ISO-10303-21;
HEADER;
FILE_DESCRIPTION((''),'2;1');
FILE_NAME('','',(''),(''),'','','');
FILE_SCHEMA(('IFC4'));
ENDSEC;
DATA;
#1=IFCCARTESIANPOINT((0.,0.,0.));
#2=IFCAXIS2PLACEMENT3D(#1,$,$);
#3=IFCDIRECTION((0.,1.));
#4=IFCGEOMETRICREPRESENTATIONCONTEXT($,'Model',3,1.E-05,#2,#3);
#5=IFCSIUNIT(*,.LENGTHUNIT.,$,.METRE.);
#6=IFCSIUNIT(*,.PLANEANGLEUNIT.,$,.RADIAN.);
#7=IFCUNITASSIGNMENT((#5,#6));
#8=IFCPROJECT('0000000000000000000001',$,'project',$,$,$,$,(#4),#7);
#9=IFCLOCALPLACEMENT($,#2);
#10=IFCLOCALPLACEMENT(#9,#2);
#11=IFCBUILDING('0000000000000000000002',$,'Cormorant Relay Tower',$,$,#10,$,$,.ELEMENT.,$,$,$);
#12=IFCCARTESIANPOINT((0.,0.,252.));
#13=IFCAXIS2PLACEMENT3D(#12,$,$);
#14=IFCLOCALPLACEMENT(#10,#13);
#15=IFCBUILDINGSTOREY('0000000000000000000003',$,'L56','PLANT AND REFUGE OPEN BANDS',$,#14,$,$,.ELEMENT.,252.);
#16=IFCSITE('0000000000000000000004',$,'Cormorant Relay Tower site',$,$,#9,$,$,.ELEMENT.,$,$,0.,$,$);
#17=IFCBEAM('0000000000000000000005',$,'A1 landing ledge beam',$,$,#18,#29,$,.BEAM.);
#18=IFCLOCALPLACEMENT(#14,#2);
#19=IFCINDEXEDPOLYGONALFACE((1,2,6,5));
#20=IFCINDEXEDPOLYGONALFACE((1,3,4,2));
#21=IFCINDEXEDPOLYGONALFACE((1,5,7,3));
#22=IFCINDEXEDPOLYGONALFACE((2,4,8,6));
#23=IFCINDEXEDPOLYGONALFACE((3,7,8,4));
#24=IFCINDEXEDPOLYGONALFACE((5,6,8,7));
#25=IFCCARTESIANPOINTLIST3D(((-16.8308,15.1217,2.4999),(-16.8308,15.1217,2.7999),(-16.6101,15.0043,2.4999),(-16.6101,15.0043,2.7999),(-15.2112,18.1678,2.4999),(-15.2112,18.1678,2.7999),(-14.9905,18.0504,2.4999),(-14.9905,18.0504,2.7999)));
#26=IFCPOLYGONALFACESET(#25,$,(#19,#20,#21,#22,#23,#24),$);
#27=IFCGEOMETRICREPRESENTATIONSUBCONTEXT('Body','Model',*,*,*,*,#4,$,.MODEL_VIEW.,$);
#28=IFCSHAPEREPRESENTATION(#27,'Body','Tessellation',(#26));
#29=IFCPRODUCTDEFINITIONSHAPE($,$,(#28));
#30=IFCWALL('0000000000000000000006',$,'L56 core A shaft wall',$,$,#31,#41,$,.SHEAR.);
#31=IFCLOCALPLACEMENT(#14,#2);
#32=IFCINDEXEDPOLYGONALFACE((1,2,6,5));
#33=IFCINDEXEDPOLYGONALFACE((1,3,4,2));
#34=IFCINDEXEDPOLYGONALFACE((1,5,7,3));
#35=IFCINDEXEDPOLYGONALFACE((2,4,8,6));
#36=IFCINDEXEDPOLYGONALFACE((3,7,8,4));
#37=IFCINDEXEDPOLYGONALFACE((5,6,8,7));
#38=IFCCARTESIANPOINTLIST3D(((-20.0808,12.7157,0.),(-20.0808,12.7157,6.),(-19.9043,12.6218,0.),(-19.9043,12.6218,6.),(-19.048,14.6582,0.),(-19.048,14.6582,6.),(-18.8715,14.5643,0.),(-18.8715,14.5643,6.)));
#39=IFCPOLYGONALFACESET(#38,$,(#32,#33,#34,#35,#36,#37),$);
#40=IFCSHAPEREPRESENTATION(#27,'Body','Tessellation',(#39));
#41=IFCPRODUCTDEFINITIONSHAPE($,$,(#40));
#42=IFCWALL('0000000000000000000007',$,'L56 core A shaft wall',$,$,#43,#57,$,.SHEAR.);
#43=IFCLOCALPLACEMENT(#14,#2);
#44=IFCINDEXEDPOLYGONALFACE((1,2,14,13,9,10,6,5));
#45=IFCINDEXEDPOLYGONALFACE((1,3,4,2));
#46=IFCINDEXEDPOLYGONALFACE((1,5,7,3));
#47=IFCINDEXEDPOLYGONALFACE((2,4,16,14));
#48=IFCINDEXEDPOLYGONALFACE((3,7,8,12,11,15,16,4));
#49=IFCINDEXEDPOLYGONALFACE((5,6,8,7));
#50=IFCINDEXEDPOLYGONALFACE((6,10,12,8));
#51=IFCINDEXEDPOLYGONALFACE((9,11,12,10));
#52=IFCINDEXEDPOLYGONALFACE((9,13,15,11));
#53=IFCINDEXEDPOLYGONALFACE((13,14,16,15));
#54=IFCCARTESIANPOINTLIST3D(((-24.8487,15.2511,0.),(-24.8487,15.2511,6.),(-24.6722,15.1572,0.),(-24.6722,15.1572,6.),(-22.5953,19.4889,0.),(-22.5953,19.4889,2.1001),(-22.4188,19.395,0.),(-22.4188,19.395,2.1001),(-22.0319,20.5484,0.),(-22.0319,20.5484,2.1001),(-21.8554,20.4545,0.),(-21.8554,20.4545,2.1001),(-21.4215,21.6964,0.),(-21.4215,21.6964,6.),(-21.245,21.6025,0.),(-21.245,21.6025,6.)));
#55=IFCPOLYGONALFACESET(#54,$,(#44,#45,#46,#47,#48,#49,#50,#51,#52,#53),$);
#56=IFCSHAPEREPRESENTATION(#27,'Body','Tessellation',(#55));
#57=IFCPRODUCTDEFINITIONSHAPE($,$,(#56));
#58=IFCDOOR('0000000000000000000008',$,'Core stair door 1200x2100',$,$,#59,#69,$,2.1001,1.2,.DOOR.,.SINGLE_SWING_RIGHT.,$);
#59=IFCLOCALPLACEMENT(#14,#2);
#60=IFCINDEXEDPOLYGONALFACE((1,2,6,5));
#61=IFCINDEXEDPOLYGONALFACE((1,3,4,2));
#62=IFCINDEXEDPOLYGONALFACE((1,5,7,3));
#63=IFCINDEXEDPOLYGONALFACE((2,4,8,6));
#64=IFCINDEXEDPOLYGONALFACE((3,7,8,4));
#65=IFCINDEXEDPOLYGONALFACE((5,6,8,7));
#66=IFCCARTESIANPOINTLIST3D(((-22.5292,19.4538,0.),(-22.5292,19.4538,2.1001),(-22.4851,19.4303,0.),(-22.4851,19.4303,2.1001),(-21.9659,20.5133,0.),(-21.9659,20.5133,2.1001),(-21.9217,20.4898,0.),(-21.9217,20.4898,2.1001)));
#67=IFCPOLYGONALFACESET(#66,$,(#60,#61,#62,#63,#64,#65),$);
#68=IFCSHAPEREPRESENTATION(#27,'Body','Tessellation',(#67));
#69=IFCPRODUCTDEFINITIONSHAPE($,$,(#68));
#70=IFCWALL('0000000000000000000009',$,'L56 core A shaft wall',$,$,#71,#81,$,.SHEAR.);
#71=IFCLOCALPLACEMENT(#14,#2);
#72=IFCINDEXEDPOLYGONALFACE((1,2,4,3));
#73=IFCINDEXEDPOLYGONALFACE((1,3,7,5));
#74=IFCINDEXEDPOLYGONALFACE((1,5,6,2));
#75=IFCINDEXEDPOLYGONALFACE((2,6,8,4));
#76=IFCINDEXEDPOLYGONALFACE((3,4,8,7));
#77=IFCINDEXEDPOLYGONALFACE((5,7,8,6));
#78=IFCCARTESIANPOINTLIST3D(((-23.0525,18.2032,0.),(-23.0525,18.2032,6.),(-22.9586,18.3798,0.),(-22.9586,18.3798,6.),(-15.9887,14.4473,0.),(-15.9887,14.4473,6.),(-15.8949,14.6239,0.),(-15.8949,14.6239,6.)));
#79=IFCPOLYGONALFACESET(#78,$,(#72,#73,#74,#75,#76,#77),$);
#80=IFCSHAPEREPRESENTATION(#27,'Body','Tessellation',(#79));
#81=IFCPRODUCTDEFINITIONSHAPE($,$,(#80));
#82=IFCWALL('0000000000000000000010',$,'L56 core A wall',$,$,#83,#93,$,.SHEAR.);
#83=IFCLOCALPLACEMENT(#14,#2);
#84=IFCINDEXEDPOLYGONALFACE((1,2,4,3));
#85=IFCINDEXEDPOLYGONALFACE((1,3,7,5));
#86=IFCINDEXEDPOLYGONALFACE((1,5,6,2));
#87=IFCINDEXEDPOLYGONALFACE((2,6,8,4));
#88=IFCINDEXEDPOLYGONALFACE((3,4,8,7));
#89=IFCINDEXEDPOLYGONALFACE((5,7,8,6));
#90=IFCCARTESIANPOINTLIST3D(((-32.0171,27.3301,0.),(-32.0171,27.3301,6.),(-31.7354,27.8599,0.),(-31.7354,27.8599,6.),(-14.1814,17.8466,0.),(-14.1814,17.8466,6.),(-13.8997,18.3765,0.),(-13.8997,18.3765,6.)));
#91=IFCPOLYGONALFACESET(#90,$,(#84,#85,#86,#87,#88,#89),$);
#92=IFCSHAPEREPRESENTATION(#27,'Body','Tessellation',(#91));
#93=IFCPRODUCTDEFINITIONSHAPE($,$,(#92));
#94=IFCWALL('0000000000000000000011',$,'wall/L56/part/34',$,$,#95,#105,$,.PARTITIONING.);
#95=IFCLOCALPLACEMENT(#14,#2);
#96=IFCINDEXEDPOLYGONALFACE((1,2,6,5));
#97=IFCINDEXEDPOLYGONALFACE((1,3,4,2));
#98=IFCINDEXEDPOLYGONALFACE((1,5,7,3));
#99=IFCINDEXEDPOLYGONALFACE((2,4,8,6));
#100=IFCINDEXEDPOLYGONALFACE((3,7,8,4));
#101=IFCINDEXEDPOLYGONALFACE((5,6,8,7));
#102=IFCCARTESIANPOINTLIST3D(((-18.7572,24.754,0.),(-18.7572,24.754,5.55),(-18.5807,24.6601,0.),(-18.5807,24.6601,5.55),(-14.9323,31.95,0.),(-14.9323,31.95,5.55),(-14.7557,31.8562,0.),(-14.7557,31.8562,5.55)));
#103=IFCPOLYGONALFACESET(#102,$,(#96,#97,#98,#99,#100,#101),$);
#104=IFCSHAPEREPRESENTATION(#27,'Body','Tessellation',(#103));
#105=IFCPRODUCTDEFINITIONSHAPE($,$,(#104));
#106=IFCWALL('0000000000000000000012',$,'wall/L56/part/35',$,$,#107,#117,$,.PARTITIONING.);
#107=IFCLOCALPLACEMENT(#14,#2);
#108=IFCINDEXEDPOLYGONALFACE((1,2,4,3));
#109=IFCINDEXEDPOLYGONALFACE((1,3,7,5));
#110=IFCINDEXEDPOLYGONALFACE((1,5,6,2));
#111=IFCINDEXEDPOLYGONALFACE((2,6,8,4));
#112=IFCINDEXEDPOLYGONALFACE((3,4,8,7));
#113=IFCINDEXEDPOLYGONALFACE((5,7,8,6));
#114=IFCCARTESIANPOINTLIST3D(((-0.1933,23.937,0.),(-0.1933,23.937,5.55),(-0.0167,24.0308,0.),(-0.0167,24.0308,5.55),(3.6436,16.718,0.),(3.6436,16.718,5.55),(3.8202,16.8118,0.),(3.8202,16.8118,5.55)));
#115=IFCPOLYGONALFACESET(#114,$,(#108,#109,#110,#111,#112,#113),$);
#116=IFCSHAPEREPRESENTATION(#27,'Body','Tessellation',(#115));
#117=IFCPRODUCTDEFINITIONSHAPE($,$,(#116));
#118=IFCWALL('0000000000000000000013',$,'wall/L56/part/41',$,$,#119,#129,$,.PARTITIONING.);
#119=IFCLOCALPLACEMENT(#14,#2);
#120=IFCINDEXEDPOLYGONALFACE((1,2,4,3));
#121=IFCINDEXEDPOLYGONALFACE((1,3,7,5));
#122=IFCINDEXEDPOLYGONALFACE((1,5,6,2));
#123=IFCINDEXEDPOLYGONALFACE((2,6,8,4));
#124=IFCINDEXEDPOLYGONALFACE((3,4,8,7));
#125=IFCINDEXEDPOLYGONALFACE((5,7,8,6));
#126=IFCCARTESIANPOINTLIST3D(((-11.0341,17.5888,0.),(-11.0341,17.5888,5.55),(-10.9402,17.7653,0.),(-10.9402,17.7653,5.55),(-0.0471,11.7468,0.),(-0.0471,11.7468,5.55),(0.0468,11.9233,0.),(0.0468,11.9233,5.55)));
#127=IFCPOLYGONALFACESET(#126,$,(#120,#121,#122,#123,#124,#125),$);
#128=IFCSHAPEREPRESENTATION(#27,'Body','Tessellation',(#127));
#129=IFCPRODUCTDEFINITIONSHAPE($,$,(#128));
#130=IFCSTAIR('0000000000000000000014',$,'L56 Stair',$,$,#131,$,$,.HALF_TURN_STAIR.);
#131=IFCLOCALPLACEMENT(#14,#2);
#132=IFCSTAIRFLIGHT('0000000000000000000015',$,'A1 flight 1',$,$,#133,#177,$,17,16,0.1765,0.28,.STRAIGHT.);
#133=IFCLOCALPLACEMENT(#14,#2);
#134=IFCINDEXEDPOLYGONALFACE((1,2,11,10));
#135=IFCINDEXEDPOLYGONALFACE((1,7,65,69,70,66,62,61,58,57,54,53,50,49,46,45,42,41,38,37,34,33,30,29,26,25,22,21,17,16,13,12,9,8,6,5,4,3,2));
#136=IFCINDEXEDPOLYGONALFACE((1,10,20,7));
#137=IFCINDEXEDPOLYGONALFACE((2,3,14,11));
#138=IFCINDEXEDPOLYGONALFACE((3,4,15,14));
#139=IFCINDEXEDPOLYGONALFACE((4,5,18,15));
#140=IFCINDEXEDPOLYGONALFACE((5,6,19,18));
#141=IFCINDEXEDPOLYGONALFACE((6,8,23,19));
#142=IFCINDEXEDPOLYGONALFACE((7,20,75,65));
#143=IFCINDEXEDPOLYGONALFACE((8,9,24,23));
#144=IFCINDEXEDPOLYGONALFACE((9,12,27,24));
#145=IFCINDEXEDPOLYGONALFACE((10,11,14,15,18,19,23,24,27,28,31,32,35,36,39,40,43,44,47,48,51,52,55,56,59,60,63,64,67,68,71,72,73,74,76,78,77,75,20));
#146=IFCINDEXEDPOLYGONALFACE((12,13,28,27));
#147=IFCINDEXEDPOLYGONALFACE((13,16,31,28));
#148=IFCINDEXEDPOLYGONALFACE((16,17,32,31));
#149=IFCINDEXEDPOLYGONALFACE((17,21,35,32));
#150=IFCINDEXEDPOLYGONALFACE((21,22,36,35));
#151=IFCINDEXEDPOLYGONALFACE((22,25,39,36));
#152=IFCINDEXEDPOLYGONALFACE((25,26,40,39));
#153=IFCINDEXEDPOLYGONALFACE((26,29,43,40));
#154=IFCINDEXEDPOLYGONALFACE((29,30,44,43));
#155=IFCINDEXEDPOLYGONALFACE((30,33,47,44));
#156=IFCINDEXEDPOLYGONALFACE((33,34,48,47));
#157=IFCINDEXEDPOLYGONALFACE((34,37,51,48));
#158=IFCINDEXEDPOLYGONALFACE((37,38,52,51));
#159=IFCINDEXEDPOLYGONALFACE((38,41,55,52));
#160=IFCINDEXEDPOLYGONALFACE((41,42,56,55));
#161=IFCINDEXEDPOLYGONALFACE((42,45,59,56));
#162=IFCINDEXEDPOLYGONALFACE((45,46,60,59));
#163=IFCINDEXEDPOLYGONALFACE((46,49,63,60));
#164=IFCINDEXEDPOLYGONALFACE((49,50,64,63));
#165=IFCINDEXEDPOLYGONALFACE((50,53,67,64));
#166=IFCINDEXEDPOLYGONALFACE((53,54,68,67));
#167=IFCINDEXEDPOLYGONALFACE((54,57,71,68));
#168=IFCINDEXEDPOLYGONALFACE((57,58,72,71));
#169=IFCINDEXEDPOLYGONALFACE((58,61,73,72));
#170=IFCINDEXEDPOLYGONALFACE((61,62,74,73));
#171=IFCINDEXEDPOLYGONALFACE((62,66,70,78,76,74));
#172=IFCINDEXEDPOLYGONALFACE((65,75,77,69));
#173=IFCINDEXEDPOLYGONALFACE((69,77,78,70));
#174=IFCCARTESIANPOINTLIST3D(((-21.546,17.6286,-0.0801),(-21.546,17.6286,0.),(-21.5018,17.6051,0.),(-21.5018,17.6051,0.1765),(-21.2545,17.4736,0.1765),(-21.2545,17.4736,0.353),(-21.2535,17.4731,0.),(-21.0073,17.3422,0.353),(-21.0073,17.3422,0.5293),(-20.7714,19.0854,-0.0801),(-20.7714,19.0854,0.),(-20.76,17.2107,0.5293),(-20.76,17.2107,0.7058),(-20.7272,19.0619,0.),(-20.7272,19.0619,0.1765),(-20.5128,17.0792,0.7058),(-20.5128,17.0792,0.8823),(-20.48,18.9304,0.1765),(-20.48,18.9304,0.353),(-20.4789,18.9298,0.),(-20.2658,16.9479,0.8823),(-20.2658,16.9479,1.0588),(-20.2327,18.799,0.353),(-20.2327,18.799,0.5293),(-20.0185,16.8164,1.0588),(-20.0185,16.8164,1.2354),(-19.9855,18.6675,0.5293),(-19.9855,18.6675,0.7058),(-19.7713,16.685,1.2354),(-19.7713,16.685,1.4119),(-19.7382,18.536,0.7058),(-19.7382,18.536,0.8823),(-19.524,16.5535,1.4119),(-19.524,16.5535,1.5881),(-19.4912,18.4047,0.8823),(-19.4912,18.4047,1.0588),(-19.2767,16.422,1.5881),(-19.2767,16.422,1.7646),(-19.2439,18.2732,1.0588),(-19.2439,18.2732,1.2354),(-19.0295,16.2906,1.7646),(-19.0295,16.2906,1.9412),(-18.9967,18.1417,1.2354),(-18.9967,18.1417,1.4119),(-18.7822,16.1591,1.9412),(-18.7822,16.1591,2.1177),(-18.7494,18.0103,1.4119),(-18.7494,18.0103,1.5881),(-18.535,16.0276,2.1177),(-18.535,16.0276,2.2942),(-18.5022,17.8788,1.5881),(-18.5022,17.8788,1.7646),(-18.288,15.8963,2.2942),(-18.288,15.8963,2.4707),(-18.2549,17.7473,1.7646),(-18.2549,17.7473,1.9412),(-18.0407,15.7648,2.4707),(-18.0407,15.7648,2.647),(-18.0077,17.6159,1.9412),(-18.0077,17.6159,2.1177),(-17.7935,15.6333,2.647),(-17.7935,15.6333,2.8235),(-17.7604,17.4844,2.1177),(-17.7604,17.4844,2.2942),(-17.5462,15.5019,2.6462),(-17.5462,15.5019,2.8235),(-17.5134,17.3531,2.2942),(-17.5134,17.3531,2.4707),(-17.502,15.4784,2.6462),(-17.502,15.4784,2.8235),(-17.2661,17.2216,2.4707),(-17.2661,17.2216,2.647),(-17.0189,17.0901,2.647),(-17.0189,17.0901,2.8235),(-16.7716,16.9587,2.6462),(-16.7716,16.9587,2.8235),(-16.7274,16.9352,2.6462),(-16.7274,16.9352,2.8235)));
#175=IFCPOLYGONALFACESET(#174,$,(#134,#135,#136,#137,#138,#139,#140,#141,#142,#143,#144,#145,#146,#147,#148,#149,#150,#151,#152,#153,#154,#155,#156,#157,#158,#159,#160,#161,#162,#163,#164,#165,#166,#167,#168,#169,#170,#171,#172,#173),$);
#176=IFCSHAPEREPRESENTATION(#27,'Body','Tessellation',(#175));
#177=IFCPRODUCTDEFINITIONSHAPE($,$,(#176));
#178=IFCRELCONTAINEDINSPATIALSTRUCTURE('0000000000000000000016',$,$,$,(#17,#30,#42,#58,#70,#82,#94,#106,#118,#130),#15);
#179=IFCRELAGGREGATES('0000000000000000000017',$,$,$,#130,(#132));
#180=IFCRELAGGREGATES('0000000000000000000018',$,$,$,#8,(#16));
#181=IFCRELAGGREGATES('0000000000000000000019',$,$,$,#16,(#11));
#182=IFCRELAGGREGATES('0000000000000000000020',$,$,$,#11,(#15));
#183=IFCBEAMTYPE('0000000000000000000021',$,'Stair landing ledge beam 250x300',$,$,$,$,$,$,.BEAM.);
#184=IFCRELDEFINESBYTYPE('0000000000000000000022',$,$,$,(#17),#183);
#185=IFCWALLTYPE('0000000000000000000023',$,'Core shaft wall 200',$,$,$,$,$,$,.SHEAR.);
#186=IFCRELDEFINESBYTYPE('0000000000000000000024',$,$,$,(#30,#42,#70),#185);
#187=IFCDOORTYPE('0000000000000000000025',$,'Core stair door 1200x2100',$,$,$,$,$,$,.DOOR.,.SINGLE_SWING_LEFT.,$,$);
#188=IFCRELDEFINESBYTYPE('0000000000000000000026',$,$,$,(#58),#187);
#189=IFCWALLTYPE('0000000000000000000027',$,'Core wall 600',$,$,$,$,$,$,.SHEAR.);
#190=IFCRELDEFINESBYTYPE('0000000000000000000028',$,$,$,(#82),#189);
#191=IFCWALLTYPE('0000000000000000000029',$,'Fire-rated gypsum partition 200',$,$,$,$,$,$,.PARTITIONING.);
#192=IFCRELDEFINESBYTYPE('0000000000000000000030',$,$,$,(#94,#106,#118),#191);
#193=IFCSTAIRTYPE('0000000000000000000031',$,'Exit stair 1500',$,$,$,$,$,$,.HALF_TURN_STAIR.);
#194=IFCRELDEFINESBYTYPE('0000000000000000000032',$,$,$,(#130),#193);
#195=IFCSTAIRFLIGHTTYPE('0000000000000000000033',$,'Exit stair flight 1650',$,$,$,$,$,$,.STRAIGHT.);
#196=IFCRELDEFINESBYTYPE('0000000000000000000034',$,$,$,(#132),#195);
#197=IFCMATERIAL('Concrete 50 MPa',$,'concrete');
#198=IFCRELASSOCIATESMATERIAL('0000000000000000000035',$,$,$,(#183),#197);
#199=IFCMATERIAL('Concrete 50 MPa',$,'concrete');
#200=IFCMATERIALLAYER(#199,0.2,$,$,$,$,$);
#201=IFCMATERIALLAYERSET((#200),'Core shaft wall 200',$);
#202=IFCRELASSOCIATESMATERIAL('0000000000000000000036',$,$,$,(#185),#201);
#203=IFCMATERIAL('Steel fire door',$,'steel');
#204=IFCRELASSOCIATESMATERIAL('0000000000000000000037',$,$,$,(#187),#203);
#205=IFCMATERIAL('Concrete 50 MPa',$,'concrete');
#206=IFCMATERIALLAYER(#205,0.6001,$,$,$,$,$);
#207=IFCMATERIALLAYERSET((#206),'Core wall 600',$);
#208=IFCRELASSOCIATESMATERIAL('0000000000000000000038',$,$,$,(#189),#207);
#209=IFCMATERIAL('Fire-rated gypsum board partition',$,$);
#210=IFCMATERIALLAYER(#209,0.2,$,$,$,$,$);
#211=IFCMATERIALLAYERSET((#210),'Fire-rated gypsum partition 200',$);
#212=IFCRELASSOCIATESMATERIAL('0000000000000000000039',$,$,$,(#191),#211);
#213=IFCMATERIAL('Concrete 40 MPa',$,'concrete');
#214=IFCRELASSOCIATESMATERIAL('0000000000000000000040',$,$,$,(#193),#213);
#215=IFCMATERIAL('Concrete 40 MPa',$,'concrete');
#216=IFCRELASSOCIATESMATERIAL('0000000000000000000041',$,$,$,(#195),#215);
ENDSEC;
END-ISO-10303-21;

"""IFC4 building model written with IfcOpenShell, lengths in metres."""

from ifc_helpers import new_model, si_unit, direction, frame, frame_2d, origin, origin_2d, place, context, subcontext, project, spatial, polyline, rectangle, outline, extrude, material, layer, layer_set, material_profile, profile_set, type_object, element, fill, aggregate, save


model = new_model("IFC4")

# Units and contexts
model_context = context("Model", 3, precision=1e-05, world=origin(), true_north=direction((0.0, 1.0)))
body_context = subcontext(model_context, "Body", "Model", "MODEL_VIEW")
ifc_project = project(units=[si_unit("LENGTHUNIT", "METRE"), si_unit("PLANEANGLEUNIT", "RADIAN")], contexts=[model_context])

# Site, building, storey
site_placement = place(None, origin())
site = spatial("IfcSite", under=ifc_project, at=site_placement, Name="Cormorant Relay Tower site", CompositionType="ELEMENT", RefElevation=0.0)
building_placement = place(site_placement, origin())
building = spatial("IfcBuilding", under=site, at=building_placement, Name="Cormorant Relay Tower", CompositionType="ELEMENT")
storey_placement = place(building_placement, frame((0.0, 0.0, 252.0)))
storey = spatial("IfcBuildingStorey", under=building, at=storey_placement, Name="L56", Description="PLANT AND REFUGE OPEN BANDS", CompositionType="ELEMENT", Elevation=252.0)

# Beam
ifc_material_1 = material(Name="Concrete 50 MPa", Category="concrete")
ifc_material_profile_1 = material_profile(ifc_material_1, rectangle(XDim=0.25, YDim=0.3, at=origin_2d()), Name="RC 250x300")
ifc_profile_set_1 = profile_set([ifc_material_profile_1], Name="Concrete 50 MPa")
beam_type_1 = type_object("IfcBeamType", Name="Stair landing ledge beam 250x300", PredefinedType="BEAM", material=ifc_profile_set_1)
beam_1_placement = place(storey_placement, frame((-16.7205, 15.063, 2.6499), z_axis=(0.469464, 0.882952, 0.0), x_axis=(-0.882952, 0.469464, 0.0)))
element("IfcBeam", 1, at=beam_1_placement, inside=storey, type_object=beam_type_1, Name="A1 landing ledge beam", PredefinedType="BEAM", context=body_context, shape_type="SweptSolid", body=[
    extrude(rectangle(XDim=0.25, YDim=0.3, at=origin_2d()), origin(), (0.0, 0.0, 1.0), 3.45),
])

# Wall
ifc_material_2 = material(Name="Concrete 50 MPa", Category="concrete")
ifc_layer_1 = layer(ifc_material_2, 0.2)
ifc_layer_set_1 = layer_set([ifc_layer_1], Name="Core shaft wall 200")
wall_type_1 = type_object("IfcWallType", Name="Core shaft wall 200", PredefinedType="SHEAR", material=ifc_layer_set_1)
wall_1_placement = place(storey_placement, frame((-18.9597, 14.6113, 0.0), z_axis=(0.0, 0.0, 1.0), x_axis=(-0.469447, -0.88296, 0.0)))
element("IfcWall", 2, at=wall_1_placement, inside=storey, type_object=wall_type_1, Name="L56 core A shaft wall", PredefinedType="SHEAR", context=body_context, shape_type="SweptSolid", body=[
    extrude(rectangle(XDim=2.2, YDim=0.2, at=frame_2d((1.1001, 0.0))), origin(), (0.0, 0.0, 1.0), 6.0),
])

# Wall, opening, door
wall_2_placement = place(storey_placement, frame((-21.3333, 21.6494, 0.0), z_axis=(0.0, 0.0, 1.0), x_axis=(-0.469494, -0.882936, 0.0)))
wall_2 = element("IfcWall", 3, at=wall_2_placement, inside=storey, type_object=wall_type_1, Name="L56 core A shaft wall", PredefinedType="SHEAR", context=body_context, shape_type="SweptSolid", body=[
    extrude(rectangle(XDim=7.2998, YDim=0.2, at=frame_2d((3.6499, 0.0))), origin(), (0.0, 0.0, 1.0), 6.0),
])
opening_1_placement = place(wall_2_placement, frame((1.3, 0.0, 0.0)))
opening_1 = element("IfcOpeningElement", 4, at=opening_1_placement, cuts=wall_2, PredefinedType="OPENING", context=body_context, shape_type="SweptSolid", body=[
    extrude(rectangle(XDim=1.2, YDim=2.1001, at=frame_2d((0.6001, 1.05))), frame((0.0, 0.1099, 0.0), z_axis=(0.0, -1.0, 0.0), x_axis=(1.0, 0.0, 0.0)), (0.0, 0.0, 1.0), 0.22),
])
ifc_material_3 = material(Name="Steel fire door", Category="steel")
door_type_1 = type_object("IfcDoorType", Name="Core stair door 1200x2100", OperationType="SINGLE_SWING_LEFT", PredefinedType="DOOR", material=ifc_material_3)
door_1_placement = place(opening_1_placement, origin())
door_1 = element("IfcDoor", 5, at=door_1_placement, inside=storey, type_object=door_type_1, Name="Core stair door 1200x2100", OperationType="SINGLE_SWING_RIGHT", OverallHeight=2.1001, OverallWidth=1.2, PredefinedType="DOOR", context=body_context, shape_type="SweptSolid", body=[
    extrude(rectangle(XDim=1.2, YDim=2.1001, at=frame_2d((0.6001, 1.05))), frame((0.0, 0.0249, 0.0), z_axis=(0.0, -1.0, 0.0), x_axis=(1.0, 0.0, 0.0)), (0.0, 0.0, 1.0), 0.05),
])
fill(opening_1, door_1)

# Wall
wall_3_placement = place(storey_placement, frame((-15.9419, 14.5356, 0.0), z_axis=(0.0, 0.0, 1.0), x_axis=(-0.882947, 0.469473, 0.0)))
element("IfcWall", 6, at=wall_3_placement, inside=storey, type_object=wall_type_1, Name="L56 core A shaft wall", PredefinedType="SHEAR", context=body_context, shape_type="SweptSolid", body=[
    extrude(rectangle(XDim=8.0002, YDim=0.2, at=frame_2d((4.0, 0.0))), origin(), (0.0, 0.0, 1.0), 6.0),
])

# Shared definitions
ifc_material_4 = material(Name="Concrete 50 MPa", Category="concrete")
ifc_layer_2 = layer(ifc_material_4, 0.6001)
ifc_layer_set_2 = layer_set([ifc_layer_2], Name="Core wall 600")
wall_type_2 = type_object("IfcWallType", Name="Core wall 600", PredefinedType="SHEAR", material=ifc_layer_set_2)

# Walls
wall_4_placement = place(storey_placement, frame((-14.0405, 18.1116, 0.0), z_axis=(0.0, 0.0, 1.0), x_axis=(-0.882948, 0.469471, 0.0)))
element("IfcWall", 7, at=wall_4_placement, inside=storey, type_object=wall_type_2, Name="L56 core A wall", PredefinedType="SHEAR", context=body_context, shape_type="SweptSolid", body=[
    extrude(rectangle(XDim=20.2002, YDim=0.6001, at=frame_2d((10.1001, 0.0))), origin(), (0.0, 0.0, 1.0), 6.0),
])
ifc_material_5 = material(Name="Fire-rated gypsum board partition")
ifc_layer_3 = layer(ifc_material_5, 0.2)
ifc_layer_set_3 = layer_set([ifc_layer_3], Name="Fire-rated gypsum partition 200")
wall_type_3 = type_object("IfcWallType", Name="Fire-rated gypsum partition 200", PredefinedType="PARTITIONING", material=ifc_layer_set_3)
wall_5_placement = place(storey_placement, frame((-14.844, 31.9031, 0.0), z_axis=(0.0, 0.0, 1.0), x_axis=(-0.469352, -0.883011, 0.0)))
element("IfcWall", 8, at=wall_5_placement, inside=storey, type_object=wall_type_3, Name="wall/L56/part/34", PredefinedType="PARTITIONING", context=body_context, shape_type="SweptSolid", body=[
    extrude(rectangle(XDim=8.1494, YDim=0.2, at=frame_2d((4.0747, 0.0))), origin(), (0.0, 0.0, 1.0), 5.55),
])
wall_6_placement = place(storey_placement, frame((-0.105, 23.9839, 0.0), z_axis=(0.0, 0.0, 1.0), x_axis=(0.469329, -0.883023, 0.0)))
element("IfcWall", 9, at=wall_6_placement, inside=storey, type_object=wall_type_3, Name="wall/L56/part/35", PredefinedType="PARTITIONING", context=body_context, shape_type="SweptSolid", body=[
    extrude(rectangle(XDim=8.1753, YDim=0.2, at=frame_2d((4.0876, 0.0))), origin(), (0.0, 0.0, 1.0), 5.55),
])
wall_7_placement = place(storey_placement, frame((-10.9871, 17.677, 0.0), z_axis=(0.0, 0.0, 1.0), x_axis=(0.882944, -0.469479, 0.0)))
element("IfcWall", 10, at=wall_7_placement, inside=storey, type_object=wall_type_3, Name="wall/L56/part/41", PredefinedType="PARTITIONING", context=body_context, shape_type="SweptSolid", body=[
    extrude(rectangle(XDim=12.4436, YDim=0.2, at=frame_2d((6.2217, 0.0))), origin(), (0.0, 0.0, 1.0), 5.55),
])

# Stair, stair flight
ifc_material_6 = material(Name="Concrete 40 MPa", Category="concrete")
stair_type = type_object("IfcStairType", Name="Exit stair 1500", PredefinedType="HALF_TURN_STAIR", material=ifc_material_6)
stair_placement = place(storey_placement, origin())
stair = element("IfcStair", 11, at=stair_placement, inside=storey, type_object=stair_type, Name="L56 Stair", PredefinedType="HALF_TURN_STAIR")
ifc_material_7 = material(Name="Concrete 40 MPa", Category="concrete")
stair_flight_type = type_object("IfcStairFlightType", Name="Exit stair flight 1650", PredefinedType="STRAIGHT", material=ifc_material_7)
stair_flight_1_placement = place(storey_placement, frame((-21.1145, 18.3335, 0.0), z_axis=(0.0, 0.0, 1.0), x_axis=(0.882948, -0.469472, 0.0)))
stair_flight_1 = element("IfcStairFlight", 12, at=stair_flight_1_placement, type_object=stair_flight_type, Name="A1 flight 1", NumberOfRisers=17, NumberOfTreads=16, PredefinedType="STRAIGHT", RiserHeight=0.1765, TreadLength=0.28, context=body_context, shape_type="SweptSolid", body=[
    extrude(outline(polyline([(-0.05, -0.0801), (-0.05, 0.0), (0.0, 0.0), (0.0, 0.1765), (0.28, 0.1765), (0.28, 0.353), (0.5601, 0.353), (0.5601, 0.5293), (0.8401, 0.5293), (0.8401, 0.7058), (1.1201, 0.7058), (1.1201, 0.8823), (1.3999, 0.8823), (1.3999, 1.0588), (1.6799, 1.0588), (1.6799, 1.2354), (1.96, 1.2354), (1.96, 1.4119), (2.24, 1.4119), (2.24, 1.5881), (2.52, 1.5881), (2.52, 1.7646), (2.8, 1.7646), (2.8, 1.9412), (3.0801, 1.9412), (3.0801, 2.1177), (3.3601, 2.1177), (3.3601, 2.2942), (3.6399, 2.2942), (3.6399, 2.4707), (3.9199, 2.4707), (3.9199, 2.647), (4.2, 2.647), (4.2, 2.8235), (4.48, 2.8235), (4.53, 2.8235), (4.53, 2.6462), (4.48, 2.6462), (0.2812, 0.0), (-0.05, -0.0801)])), frame((0.0, 0.825, 0.0), z_axis=(0.0, -1.0, 0.0), x_axis=(1.0, 0.0, 0.0)), (0.0, 0.0, 1.0), 1.6499),
])
aggregate(stair, [stair_flight_1])

save(model, "model.ifc")
